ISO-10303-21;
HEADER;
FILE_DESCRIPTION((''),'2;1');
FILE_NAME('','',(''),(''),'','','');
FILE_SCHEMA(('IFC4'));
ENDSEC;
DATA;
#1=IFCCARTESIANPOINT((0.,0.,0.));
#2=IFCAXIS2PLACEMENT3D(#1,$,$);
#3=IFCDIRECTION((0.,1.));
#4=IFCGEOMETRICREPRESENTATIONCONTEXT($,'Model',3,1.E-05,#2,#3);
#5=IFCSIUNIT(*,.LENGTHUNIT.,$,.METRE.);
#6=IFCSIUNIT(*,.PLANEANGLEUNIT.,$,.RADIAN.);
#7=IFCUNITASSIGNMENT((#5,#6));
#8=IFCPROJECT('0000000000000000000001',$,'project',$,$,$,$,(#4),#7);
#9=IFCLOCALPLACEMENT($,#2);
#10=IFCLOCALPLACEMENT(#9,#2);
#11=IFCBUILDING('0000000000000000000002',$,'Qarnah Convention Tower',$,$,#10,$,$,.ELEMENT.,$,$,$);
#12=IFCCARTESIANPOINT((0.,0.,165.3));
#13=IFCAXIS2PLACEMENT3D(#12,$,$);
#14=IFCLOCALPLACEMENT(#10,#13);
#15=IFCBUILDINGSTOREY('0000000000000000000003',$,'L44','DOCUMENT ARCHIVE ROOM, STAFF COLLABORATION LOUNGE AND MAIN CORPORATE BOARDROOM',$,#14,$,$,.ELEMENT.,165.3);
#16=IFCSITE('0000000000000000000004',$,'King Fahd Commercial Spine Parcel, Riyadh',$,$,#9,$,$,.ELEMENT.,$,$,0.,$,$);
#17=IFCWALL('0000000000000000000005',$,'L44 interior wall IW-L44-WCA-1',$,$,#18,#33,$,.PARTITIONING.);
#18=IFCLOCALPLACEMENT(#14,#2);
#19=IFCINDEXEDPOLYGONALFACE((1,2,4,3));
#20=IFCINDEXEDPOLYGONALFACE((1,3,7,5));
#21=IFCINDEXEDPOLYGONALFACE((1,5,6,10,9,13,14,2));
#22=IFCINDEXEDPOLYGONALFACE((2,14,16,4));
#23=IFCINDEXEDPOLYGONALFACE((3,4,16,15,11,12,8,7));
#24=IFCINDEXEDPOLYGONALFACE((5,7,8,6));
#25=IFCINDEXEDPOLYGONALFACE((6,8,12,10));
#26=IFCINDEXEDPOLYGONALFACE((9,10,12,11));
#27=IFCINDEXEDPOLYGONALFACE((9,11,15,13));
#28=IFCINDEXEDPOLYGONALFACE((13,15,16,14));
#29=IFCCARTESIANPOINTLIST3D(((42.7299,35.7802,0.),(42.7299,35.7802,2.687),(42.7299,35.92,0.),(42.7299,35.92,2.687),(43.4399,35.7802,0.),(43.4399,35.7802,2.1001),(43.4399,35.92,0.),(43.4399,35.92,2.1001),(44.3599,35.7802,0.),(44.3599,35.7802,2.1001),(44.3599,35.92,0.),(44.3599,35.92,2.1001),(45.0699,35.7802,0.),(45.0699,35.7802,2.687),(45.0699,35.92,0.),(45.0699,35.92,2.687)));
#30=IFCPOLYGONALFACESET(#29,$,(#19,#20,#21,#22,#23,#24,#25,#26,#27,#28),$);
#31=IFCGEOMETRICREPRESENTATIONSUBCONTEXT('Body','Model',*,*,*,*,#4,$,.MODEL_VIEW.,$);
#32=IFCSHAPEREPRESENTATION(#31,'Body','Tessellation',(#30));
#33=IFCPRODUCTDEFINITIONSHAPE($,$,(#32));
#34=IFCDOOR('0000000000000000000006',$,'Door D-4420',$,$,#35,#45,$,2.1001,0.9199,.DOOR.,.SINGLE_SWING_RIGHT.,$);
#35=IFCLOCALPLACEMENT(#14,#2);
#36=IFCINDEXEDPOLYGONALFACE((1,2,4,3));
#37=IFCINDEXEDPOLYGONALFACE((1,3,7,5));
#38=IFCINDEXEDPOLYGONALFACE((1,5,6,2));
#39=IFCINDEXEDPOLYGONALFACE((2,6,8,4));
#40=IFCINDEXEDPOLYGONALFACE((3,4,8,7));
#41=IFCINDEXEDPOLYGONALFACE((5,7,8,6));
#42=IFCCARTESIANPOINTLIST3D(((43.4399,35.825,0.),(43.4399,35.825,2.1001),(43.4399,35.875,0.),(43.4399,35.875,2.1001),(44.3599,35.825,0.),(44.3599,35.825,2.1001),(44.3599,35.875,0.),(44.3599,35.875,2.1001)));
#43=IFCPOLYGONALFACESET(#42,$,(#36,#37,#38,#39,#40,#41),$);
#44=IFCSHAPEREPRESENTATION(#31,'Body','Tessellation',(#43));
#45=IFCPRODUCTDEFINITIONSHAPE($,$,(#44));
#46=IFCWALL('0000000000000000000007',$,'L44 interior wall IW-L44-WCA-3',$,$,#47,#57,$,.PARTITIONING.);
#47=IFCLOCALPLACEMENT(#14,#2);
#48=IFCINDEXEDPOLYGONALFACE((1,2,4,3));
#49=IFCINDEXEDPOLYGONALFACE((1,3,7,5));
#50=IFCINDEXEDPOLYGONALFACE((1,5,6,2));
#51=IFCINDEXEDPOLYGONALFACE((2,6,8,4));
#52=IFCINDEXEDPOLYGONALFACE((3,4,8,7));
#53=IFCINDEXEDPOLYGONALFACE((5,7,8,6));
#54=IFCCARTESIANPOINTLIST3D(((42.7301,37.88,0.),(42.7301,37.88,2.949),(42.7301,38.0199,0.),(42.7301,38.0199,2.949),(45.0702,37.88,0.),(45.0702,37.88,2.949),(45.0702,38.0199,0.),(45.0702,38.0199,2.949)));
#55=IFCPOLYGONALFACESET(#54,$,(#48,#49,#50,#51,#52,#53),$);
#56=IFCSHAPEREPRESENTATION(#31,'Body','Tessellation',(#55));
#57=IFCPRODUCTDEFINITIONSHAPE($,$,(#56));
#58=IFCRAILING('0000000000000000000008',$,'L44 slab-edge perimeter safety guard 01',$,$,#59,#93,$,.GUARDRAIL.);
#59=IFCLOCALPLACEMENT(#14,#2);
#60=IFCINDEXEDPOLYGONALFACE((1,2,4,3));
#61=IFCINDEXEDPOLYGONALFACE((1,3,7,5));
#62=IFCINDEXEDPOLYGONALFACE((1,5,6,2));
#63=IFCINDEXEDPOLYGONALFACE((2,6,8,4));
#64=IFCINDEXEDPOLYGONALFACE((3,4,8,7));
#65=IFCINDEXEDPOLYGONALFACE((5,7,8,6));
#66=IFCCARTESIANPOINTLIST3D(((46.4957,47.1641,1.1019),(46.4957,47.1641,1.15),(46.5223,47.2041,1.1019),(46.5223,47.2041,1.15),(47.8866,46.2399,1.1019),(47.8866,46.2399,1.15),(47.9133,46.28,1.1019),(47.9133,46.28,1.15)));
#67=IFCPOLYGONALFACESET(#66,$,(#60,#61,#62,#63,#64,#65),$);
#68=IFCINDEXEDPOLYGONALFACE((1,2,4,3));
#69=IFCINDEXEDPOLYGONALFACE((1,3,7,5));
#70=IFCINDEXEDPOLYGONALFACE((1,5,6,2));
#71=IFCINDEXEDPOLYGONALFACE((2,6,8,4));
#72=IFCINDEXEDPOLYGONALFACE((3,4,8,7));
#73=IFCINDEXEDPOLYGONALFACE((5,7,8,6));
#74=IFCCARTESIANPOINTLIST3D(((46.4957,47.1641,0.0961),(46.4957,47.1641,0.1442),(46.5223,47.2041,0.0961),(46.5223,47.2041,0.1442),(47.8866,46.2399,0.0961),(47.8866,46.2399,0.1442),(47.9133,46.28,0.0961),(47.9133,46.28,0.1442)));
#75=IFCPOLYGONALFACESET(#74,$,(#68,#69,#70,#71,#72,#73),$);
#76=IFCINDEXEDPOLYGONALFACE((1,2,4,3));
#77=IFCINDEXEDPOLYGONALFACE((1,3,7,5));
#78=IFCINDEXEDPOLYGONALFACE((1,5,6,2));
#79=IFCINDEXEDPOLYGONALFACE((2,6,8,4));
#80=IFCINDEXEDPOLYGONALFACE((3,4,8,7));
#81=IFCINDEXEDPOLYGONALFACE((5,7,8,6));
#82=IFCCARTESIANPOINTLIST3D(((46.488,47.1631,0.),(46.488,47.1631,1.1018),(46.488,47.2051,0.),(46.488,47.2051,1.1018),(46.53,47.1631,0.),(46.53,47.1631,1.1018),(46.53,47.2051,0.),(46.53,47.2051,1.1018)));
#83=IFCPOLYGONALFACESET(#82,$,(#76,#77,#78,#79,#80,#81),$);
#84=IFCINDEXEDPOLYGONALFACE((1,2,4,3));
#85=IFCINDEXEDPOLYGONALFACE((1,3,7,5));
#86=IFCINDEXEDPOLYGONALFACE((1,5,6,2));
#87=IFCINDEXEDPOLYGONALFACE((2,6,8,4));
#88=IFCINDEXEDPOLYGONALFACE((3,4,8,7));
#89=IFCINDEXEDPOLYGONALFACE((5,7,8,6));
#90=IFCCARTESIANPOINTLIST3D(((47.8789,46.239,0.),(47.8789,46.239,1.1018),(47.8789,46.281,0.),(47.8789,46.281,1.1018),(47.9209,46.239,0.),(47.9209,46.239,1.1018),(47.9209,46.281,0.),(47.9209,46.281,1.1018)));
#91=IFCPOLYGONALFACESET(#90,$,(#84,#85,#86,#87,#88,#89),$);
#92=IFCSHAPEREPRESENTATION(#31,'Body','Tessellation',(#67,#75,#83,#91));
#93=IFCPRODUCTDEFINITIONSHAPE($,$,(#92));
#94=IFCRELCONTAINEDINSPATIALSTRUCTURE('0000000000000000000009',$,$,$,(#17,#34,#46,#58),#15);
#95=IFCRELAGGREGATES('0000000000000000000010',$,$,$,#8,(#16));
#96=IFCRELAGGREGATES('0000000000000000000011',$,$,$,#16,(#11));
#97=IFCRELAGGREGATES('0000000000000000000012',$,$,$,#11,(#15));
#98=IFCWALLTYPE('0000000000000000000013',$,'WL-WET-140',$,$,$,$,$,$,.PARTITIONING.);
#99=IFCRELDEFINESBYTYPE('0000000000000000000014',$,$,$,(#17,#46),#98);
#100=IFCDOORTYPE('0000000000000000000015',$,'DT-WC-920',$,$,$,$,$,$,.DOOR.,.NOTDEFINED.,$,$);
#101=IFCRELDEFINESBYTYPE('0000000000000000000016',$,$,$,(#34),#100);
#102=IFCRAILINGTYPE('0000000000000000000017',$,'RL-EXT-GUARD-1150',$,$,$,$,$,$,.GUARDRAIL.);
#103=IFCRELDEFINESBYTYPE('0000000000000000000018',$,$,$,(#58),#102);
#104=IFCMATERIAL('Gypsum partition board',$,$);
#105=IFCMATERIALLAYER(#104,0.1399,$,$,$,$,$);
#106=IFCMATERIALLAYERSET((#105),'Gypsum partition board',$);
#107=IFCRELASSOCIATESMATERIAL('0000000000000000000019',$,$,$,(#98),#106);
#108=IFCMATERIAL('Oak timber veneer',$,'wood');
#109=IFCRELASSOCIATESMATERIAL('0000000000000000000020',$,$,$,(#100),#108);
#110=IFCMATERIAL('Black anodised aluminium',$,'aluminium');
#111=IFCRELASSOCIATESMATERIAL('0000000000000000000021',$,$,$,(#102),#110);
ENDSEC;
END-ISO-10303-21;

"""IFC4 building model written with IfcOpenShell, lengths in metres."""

from ifc_helpers import new_model, si_unit, direction, frame, frame_2d, origin, origin_2d, place, context, subcontext, project, spatial, rectangle, extrude, material, layer, layer_set, type_object, element, fill, save


model = new_model("IFC4")

# Units and contexts
model_context = context("Model", 3, precision=1e-05, world=origin(), true_north=direction((0.0, 1.0)))
body_context = subcontext(model_context, "Body", "Model", "MODEL_VIEW")
ifc_project = project(units=[si_unit("LENGTHUNIT", "METRE"), si_unit("PLANEANGLEUNIT", "RADIAN")], contexts=[model_context])

# Site, building, storey
site_placement = place(None, origin())
site = spatial("IfcSite", under=ifc_project, at=site_placement, Name="King Fahd Commercial Spine Parcel, Riyadh", CompositionType="ELEMENT", RefElevation=0.0)
building_placement = place(site_placement, origin())
building = spatial("IfcBuilding", under=site, at=building_placement, Name="Qarnah Convention Tower", CompositionType="ELEMENT")
storey_placement = place(building_placement, frame((0.0, 0.0, 165.3)))
storey = spatial("IfcBuildingStorey", under=building, at=storey_placement, Name="L44", Description="DOCUMENT ARCHIVE ROOM, STAFF COLLABORATION LOUNGE AND MAIN CORPORATE BOARDROOM", CompositionType="ELEMENT", Elevation=165.3)

# Shared definitions
ifc_material_1 = material(Name="Black anodised aluminium", Category="aluminium")

# Shared definitions
ifc_material_2 = material(Name="Gypsum partition board")
ifc_material_3 = material(Name="Oak timber veneer", Category="wood")

# Shared definitions
ifc_layer_1 = layer(ifc_material_2, 0.1399)
ifc_layer_set_1 = layer_set([ifc_layer_1], Name="Gypsum partition board")
wall_type_1 = type_object("IfcWallType", Name="WL-WET-140", PredefinedType="PARTITIONING", material=ifc_layer_set_1)

# Shared definitions
door_type_1 = type_object("IfcDoorType", Name="DT-WC-920", OperationType="NOTDEFINED", PredefinedType="DOOR", material=ifc_material_3)

# Wall, opening, door
wall_1_placement = place(storey_placement, frame((42.73, 35.8501, 0.0), z_axis=(0.0, 0.0, 1.0), x_axis=(1.0, 0.0, 0.0)))
wall_1 = element("IfcWall", 1, at=wall_1_placement, inside=storey, type_object=wall_type_1, Name="L44 interior wall IW-L44-WCA-1", PredefinedType="PARTITIONING", context=body_context, shape_type="SweptSolid", body=[
    extrude(rectangle(XDim=2.3401, YDim=0.1399, at=frame_2d((1.1699, 0.0))), origin(), (0.0, 0.0, 1.0), 2.687),
])
opening_1_placement = place(wall_1_placement, frame((0.71, 0.0, 0.0)))
opening_1 = element("IfcOpeningElement", 2, at=opening_1_placement, cuts=wall_1, PredefinedType="OPENING", context=body_context, shape_type="SweptSolid", body=[
    extrude(rectangle(XDim=0.9199, YDim=2.1001, at=frame_2d((0.46, 1.05))), frame((0.0, 0.0798, 0.0), z_axis=(0.0, -1.0, 0.0), x_axis=(1.0, 0.0, 0.0)), (0.0, 0.0, 1.0), 0.1599),
])
door_1_placement = place(opening_1_placement, origin())
door_1 = element("IfcDoor", 3, at=door_1_placement, inside=storey, type_object=door_type_1, Name="Door D-4420", OperationType="SINGLE_SWING_RIGHT", OverallHeight=2.1001, OverallWidth=0.9199, PredefinedType="DOOR", context=body_context, shape_type="SweptSolid", body=[
    extrude(rectangle(XDim=0.9199, YDim=2.1001, at=frame_2d((0.46, 1.05))), frame((0.0, 0.0249, 0.0), z_axis=(0.0, -1.0, 0.0), x_axis=(1.0, 0.0, 0.0)), (0.0, 0.0, 1.0), 0.05),
])
fill(opening_1, door_1)

# Wall
wall_2_placement = place(storey_placement, frame((45.0701, 37.95, 0.0), z_axis=(0.0, 0.0, 1.0), x_axis=(-1.0, 0.0, 0.0)))
element("IfcWall", 4, at=wall_2_placement, inside=storey, type_object=wall_type_1, Name="L44 interior wall IW-L44-WCA-3", PredefinedType="PARTITIONING", context=body_context, shape_type="SweptSolid", body=[
    extrude(rectangle(XDim=2.3401, YDim=0.1399, at=frame_2d((1.1699, 0.0))), origin(), (0.0, 0.0, 1.0), 2.949),
])

# Railing
railing_type = type_object("IfcRailingType", Name="RL-EXT-GUARD-1150", PredefinedType="GUARDRAIL", material=ifc_material_1)
railing_1_placement = place(storey_placement, frame((46.509, 47.1841, 0.0)))
element("IfcRailing", 5, at=railing_1_placement, inside=storey, type_object=railing_type, Name="L44 slab-edge perimeter safety guard 01", PredefinedType="GUARDRAIL", context=body_context, shape_type="SweptSolid", body=[
    extrude(rectangle(XDim=0.0481, YDim=0.0481, at=origin_2d()), frame((0.0, 0.0, 1.126), z_axis=(0.832926, -0.553384, 0.0), x_axis=(0.553384, 0.832926, 0.0)), (0.0, 0.0, 1.0), 1.6699),
    extrude(rectangle(XDim=0.0481, YDim=0.0481, at=origin_2d()), frame((0.0, 0.0, 0.1201), z_axis=(0.832926, -0.553384, 0.0), x_axis=(0.553384, 0.832926, 0.0)), (0.0, 0.0, 1.0), 1.6699),
    extrude(rectangle(XDim=0.042, YDim=0.042, at=origin_2d()), origin(), (0.0, 0.0, 1.0), 1.1018),
    extrude(rectangle(XDim=0.042, YDim=0.042, at=origin_2d()), frame((1.3909, -0.9241, 0.0)), (0.0, 0.0, 1.0), 1.1018),
])

save(model, "model.ifc")
